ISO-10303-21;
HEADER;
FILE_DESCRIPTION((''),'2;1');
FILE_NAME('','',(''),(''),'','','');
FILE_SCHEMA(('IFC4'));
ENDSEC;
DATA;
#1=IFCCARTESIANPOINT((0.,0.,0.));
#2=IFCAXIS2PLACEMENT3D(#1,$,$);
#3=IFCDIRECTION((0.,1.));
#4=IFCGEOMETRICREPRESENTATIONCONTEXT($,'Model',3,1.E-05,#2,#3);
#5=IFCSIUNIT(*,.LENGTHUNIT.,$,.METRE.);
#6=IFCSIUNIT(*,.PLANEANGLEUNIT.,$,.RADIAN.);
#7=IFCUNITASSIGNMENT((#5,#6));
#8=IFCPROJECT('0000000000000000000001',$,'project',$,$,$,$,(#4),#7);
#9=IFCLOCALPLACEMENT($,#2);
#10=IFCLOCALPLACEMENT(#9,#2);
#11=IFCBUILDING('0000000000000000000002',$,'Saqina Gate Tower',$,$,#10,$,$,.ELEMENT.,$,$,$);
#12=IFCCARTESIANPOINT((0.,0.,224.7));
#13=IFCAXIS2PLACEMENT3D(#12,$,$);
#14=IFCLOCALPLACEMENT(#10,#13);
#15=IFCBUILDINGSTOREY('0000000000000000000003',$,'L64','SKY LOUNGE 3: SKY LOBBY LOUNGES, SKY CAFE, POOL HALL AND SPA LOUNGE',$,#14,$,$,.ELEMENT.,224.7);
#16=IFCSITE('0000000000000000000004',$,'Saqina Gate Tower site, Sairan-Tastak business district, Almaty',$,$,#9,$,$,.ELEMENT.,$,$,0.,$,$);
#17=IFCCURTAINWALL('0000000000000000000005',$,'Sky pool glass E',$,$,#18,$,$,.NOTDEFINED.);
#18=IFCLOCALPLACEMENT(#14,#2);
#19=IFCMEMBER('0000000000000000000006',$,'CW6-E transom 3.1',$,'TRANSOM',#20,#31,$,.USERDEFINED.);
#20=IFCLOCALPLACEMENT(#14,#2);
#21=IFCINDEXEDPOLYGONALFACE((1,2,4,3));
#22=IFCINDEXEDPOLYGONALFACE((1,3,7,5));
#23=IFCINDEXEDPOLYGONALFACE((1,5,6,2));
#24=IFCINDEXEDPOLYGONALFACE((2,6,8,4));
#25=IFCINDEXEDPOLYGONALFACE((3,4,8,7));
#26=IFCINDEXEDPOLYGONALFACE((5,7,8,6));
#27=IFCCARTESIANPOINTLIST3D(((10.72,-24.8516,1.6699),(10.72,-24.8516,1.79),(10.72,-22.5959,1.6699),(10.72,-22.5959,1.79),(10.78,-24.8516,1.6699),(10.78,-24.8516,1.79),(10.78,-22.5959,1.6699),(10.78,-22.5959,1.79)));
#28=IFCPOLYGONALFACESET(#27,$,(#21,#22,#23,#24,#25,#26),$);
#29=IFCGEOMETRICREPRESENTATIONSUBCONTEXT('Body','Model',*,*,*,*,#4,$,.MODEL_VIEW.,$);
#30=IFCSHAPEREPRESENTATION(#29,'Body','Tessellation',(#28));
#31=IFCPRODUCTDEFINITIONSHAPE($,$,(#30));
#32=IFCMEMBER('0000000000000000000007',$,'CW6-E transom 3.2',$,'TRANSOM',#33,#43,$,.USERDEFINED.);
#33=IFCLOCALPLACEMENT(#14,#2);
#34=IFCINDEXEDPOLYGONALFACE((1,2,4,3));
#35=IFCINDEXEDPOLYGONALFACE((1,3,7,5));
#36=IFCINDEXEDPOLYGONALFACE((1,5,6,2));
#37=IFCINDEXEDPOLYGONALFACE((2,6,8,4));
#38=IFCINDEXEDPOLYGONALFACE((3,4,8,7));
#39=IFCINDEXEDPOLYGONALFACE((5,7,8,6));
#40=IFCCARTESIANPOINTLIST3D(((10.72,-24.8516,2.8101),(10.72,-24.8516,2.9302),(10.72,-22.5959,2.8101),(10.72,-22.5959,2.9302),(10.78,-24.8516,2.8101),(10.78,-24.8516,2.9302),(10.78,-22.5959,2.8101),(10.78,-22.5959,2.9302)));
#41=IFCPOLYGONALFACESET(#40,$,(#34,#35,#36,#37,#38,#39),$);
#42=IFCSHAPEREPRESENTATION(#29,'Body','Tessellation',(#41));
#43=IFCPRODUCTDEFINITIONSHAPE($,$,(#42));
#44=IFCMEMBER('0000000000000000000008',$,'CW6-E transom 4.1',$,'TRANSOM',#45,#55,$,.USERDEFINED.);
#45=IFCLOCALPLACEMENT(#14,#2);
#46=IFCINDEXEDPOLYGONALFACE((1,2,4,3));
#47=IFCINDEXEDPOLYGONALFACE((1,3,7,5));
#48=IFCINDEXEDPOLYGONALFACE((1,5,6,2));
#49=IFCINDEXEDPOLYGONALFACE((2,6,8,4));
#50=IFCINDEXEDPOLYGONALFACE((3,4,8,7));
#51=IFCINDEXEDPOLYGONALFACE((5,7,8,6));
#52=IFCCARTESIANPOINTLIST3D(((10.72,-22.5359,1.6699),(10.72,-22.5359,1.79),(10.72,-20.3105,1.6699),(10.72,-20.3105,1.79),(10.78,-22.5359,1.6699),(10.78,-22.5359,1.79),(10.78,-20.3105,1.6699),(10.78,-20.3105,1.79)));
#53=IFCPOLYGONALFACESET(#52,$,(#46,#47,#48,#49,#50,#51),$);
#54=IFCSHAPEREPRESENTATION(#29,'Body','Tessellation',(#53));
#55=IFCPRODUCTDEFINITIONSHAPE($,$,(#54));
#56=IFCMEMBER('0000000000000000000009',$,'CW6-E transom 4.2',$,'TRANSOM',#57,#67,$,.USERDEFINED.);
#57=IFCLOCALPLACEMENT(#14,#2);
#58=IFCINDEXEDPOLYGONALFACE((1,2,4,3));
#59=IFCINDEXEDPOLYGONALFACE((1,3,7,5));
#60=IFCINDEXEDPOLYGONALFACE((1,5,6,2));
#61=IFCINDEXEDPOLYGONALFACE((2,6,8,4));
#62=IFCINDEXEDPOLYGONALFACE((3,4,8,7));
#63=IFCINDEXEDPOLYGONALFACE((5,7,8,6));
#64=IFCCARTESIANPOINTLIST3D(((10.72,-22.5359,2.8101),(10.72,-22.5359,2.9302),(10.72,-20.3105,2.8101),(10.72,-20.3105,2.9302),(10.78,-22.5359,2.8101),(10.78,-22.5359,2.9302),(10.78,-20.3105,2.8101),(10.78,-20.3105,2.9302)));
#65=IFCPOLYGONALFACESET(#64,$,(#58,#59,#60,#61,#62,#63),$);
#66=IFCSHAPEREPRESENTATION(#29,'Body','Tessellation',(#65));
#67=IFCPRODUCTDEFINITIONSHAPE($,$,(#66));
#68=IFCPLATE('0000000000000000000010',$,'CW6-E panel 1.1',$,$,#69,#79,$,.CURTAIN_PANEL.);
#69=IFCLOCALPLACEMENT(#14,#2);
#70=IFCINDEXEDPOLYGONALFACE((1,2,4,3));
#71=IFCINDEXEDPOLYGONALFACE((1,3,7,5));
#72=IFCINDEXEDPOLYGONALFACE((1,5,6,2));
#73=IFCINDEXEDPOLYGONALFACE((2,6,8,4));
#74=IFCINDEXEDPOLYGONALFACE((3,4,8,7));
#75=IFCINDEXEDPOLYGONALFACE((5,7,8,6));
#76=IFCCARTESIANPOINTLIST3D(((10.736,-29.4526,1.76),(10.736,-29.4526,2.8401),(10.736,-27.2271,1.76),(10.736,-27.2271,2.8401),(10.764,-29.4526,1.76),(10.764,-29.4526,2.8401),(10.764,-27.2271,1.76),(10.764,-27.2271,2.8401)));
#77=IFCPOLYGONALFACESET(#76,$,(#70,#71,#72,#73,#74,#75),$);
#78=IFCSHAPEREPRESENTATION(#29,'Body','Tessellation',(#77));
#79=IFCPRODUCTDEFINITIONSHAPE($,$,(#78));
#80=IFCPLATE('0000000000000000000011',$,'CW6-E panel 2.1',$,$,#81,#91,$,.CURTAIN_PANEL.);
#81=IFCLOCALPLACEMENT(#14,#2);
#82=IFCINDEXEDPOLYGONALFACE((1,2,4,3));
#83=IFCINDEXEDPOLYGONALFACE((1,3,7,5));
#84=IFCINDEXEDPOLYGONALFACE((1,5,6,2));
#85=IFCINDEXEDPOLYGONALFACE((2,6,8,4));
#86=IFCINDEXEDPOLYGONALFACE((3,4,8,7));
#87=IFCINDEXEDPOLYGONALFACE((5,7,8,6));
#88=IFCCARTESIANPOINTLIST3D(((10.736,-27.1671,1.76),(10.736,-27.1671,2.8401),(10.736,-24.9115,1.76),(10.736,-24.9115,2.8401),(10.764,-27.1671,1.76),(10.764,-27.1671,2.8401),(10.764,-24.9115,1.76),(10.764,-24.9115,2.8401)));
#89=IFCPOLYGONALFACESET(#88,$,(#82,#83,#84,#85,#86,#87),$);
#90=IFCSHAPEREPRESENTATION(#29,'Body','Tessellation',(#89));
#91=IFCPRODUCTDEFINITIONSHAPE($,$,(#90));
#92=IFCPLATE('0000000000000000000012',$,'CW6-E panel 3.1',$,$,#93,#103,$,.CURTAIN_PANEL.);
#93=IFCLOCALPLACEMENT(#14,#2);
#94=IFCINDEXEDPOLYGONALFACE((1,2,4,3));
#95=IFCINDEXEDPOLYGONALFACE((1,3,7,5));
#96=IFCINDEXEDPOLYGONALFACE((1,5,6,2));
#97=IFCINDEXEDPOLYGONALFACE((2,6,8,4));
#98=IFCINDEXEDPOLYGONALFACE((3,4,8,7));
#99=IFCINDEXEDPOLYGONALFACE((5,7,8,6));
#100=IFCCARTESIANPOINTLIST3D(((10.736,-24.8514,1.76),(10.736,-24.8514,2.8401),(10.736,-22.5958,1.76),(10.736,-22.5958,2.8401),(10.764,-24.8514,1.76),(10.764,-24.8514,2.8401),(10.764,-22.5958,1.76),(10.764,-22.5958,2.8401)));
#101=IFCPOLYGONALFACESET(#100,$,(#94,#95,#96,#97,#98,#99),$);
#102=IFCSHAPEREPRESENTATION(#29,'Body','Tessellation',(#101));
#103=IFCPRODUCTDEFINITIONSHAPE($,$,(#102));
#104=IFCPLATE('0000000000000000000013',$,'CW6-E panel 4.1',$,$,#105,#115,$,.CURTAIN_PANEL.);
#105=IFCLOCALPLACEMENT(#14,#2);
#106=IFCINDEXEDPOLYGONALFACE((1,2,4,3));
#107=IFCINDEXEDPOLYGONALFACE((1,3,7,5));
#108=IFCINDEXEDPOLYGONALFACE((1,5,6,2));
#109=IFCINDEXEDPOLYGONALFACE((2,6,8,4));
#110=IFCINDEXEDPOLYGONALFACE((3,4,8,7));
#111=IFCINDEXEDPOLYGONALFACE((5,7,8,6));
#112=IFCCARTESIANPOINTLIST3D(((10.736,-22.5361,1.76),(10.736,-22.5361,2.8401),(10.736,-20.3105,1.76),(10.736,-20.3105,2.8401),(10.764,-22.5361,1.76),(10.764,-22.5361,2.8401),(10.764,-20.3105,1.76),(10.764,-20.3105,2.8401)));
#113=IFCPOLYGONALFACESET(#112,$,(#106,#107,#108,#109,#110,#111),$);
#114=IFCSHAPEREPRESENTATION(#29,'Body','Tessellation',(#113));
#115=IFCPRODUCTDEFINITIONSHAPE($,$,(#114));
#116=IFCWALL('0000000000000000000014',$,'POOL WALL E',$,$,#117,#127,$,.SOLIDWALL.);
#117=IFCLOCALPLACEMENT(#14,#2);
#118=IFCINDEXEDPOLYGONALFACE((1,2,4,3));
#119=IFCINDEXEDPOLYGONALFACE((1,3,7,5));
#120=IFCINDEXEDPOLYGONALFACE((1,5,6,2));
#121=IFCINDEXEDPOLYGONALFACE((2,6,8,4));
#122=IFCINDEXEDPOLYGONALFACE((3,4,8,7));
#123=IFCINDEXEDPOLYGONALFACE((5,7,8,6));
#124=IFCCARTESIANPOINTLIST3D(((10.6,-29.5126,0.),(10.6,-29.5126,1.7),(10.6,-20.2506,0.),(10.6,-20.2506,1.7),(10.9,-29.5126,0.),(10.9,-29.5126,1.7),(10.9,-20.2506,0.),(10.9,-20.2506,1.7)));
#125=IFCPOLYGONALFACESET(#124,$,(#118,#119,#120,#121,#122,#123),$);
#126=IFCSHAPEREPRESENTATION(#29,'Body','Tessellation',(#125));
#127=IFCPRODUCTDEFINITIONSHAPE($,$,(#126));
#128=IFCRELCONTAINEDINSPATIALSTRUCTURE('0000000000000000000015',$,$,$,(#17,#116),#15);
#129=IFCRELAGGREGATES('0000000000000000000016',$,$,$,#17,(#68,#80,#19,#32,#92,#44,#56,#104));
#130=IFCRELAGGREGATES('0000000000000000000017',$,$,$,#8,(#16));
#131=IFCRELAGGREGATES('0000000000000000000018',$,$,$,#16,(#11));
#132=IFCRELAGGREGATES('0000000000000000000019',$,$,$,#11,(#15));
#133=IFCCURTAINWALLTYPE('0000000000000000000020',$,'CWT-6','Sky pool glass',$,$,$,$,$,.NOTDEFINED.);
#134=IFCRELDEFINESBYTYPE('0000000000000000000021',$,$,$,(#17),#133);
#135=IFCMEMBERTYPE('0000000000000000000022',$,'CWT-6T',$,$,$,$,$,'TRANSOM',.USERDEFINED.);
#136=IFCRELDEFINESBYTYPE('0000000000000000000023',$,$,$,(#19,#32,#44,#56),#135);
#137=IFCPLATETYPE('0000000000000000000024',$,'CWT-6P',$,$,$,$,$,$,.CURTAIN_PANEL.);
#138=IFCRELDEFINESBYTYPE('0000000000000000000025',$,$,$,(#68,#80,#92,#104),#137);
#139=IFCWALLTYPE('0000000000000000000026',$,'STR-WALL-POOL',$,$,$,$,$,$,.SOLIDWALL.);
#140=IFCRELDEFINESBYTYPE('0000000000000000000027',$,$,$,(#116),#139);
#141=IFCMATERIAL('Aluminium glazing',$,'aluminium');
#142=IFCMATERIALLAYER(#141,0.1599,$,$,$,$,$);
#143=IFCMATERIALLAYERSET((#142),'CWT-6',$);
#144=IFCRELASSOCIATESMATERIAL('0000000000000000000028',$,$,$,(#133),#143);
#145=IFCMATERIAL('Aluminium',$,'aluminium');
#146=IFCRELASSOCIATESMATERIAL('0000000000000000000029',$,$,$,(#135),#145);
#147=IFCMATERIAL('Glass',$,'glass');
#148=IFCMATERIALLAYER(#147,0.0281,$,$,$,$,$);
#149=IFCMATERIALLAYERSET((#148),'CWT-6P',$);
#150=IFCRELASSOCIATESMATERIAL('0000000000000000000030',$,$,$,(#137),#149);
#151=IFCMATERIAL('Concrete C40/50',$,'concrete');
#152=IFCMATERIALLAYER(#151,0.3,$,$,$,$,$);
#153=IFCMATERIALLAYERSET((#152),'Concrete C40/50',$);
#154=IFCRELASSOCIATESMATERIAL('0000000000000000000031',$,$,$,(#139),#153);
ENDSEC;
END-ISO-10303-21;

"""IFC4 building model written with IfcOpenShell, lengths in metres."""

from ifc_helpers import new_model, si_unit, direction, frame, frame_2d, origin, origin_2d, place, context, subcontext, project, spatial, rectangle, extrude, material, layer, layer_set, material_profile, profile_set, type_object, element, aggregate, save


model = new_model("IFC4")

# Units and contexts
model_context = context("Model", 3, precision=1e-05, world=origin(), true_north=direction((0.0, 1.0)))
body_context = subcontext(model_context, "Body", "Model", "MODEL_VIEW")
ifc_project = project(units=[si_unit("LENGTHUNIT", "METRE"), si_unit("PLANEANGLEUNIT", "RADIAN")], contexts=[model_context])

# Site, building, storey
site_placement = place(None, origin())
site = spatial("IfcSite", under=ifc_project, at=site_placement, Name="Saqina Gate Tower site, Sairan-Tastak business district, Almaty", CompositionType="ELEMENT", RefElevation=0.0)
building_placement = place(site_placement, origin())
building = spatial("IfcBuilding", under=site, at=building_placement, Name="Saqina Gate Tower", CompositionType="ELEMENT")
storey_placement = place(building_placement, frame((0.0, 0.0, 224.7)))
storey = spatial("IfcBuildingStorey", under=building, at=storey_placement, Name="L64", Description="SKY LOUNGE 3: SKY LOBBY LOUNGES, SKY CAFE, POOL HALL AND SPA LOUNGE", CompositionType="ELEMENT", Elevation=224.7)

# Shared definitions
ifc_material_1 = material(Name="Aluminium glazing", Category="aluminium")
ifc_layer_1 = layer(ifc_material_1, 0.1599)
ifc_layer_set_1 = layer_set([ifc_layer_1], Name="CWT-6")
curtain_wall_type_1 = type_object("IfcCurtainWallType", Name="CWT-6", Description="Sky pool glass", PredefinedType="NOTDEFINED", material=ifc_layer_set_1)

# Curtain wall, members, plates
curtain_wall_1_placement = place(storey_placement, origin())
curtain_wall_1 = element("IfcCurtainWall", 1, at=curtain_wall_1_placement, inside=storey, type_object=curtain_wall_type_1, Name="Sky pool glass E", PredefinedType="NOTDEFINED")
ifc_material_2 = material(Name="Aluminium", Category="aluminium")
ifc_material_profile_1 = material_profile(ifc_material_2, rectangle(XDim=0.0601, YDim=0.1201, at=origin_2d()), Name="Aluminium 60x120")
ifc_profile_set_1 = profile_set([ifc_material_profile_1], Name="Aluminium")
member_type_1 = type_object("IfcMemberType", Name="CWT-6T", ElementType="TRANSOM", PredefinedType="USERDEFINED", material=ifc_profile_set_1)
member_1_placement = place(storey_placement, frame((10.75, -24.8516, 1.73), z_axis=(0.0, 1.0, 0.0), x_axis=(-1.0, 0.0, 0.0)))
member_1 = element("IfcMember", 2, at=member_1_placement, type_object=member_type_1, Name="CW6-E transom 3.1", ObjectType="TRANSOM", PredefinedType="USERDEFINED", context=body_context, shape_type="SweptSolid", body=[
    extrude(rectangle(XDim=0.0601, YDim=0.1201, at=origin_2d()), origin(), (0.0, 0.0, 1.0), 2.2556),
])
member_2_placement = place(storey_placement, frame((10.75, -24.8516, 2.8701), z_axis=(0.0, 1.0, 0.0), x_axis=(-1.0, 0.0, 0.0)))
member_2 = element("IfcMember", 3, at=member_2_placement, type_object=member_type_1, Name="CW6-E transom 3.2", ObjectType="TRANSOM", PredefinedType="USERDEFINED", context=body_context, shape_type="SweptSolid", body=[
    extrude(rectangle(XDim=0.0601, YDim=0.1201, at=origin_2d()), origin(), (0.0, 0.0, 1.0), 2.2556),
])
member_3_placement = place(storey_placement, frame((10.75, -22.5359, 1.73), z_axis=(0.0, 1.0, 0.0), x_axis=(-1.0, 0.0, 0.0)))
member_3 = element("IfcMember", 4, at=member_3_placement, type_object=member_type_1, Name="CW6-E transom 4.1", ObjectType="TRANSOM", PredefinedType="USERDEFINED", context=body_context, shape_type="SweptSolid", body=[
    extrude(rectangle(XDim=0.0601, YDim=0.1201, at=origin_2d()), origin(), (0.0, 0.0, 1.0), 2.2253),
])
member_4_placement = place(storey_placement, frame((10.75, -22.5359, 2.8701), z_axis=(0.0, 1.0, 0.0), x_axis=(-1.0, 0.0, 0.0)))
member_4 = element("IfcMember", 5, at=member_4_placement, type_object=member_type_1, Name="CW6-E transom 4.2", ObjectType="TRANSOM", PredefinedType="USERDEFINED", context=body_context, shape_type="SweptSolid", body=[
    extrude(rectangle(XDim=0.0601, YDim=0.1201, at=origin_2d()), origin(), (0.0, 0.0, 1.0), 2.2253),
])
ifc_material_3 = material(Name="Glass", Category="glass")
ifc_layer_2 = layer(ifc_material_3, 0.0281)
ifc_layer_set_2 = layer_set([ifc_layer_2], Name="CWT-6P")
plate_type = type_object("IfcPlateType", Name="CWT-6P", PredefinedType="CURTAIN_PANEL", material=ifc_layer_set_2)
plate_1_placement = place(storey_placement, frame((10.75, -28.3398, 1.76), z_axis=(0.0, 0.0, 1.0), x_axis=(0.0, 1.0, 0.0)))
plate_1 = element("IfcPlate", 6, at=plate_1_placement, type_object=plate_type, Name="CW6-E panel 1.1", PredefinedType="CURTAIN_PANEL", context=body_context, shape_type="SweptSolid", body=[
    extrude(rectangle(XDim=2.2256, YDim=0.0281, at=origin_2d()), origin(), (0.0, 0.0, 1.0), 1.0801),
])
plate_2_placement = place(storey_placement, frame((10.75, -26.0393, 1.76), z_axis=(0.0, 0.0, 1.0), x_axis=(0.0, 1.0, 0.0)))
plate_2 = element("IfcPlate", 7, at=plate_2_placement, type_object=plate_type, Name="CW6-E panel 2.1", PredefinedType="CURTAIN_PANEL", context=body_context, shape_type="SweptSolid", body=[
    extrude(rectangle(XDim=2.2556, YDim=0.0281, at=origin_2d()), origin(), (0.0, 0.0, 1.0), 1.0801),
])
plate_3_placement = place(storey_placement, frame((10.75, -23.7236, 1.76), z_axis=(0.0, 0.0, 1.0), x_axis=(0.0, 1.0, 0.0)))
plate_3 = element("IfcPlate", 8, at=plate_3_placement, type_object=plate_type, Name="CW6-E panel 3.1", PredefinedType="CURTAIN_PANEL", context=body_context, shape_type="SweptSolid", body=[
    extrude(rectangle(XDim=2.2556, YDim=0.0281, at=origin_2d()), origin(), (0.0, 0.0, 1.0), 1.0801),
])
plate_4_placement = place(storey_placement, frame((10.75, -21.4233, 1.76), z_axis=(0.0, 0.0, 1.0), x_axis=(0.0, 1.0, 0.0)))
plate_4 = element("IfcPlate", 9, at=plate_4_placement, type_object=plate_type, Name="CW6-E panel 4.1", PredefinedType="CURTAIN_PANEL", context=body_context, shape_type="SweptSolid", body=[
    extrude(rectangle(XDim=2.2256, YDim=0.0281, at=origin_2d()), origin(), (0.0, 0.0, 1.0), 1.0801),
])
aggregate(curtain_wall_1, [plate_1, plate_2, member_1, member_2, plate_3, member_3, member_4, plate_4])

# Wall
ifc_material_4 = material(Name="Concrete C40/50", Category="concrete")
ifc_layer_3 = layer(ifc_material_4, 0.3)
ifc_layer_set_3 = layer_set([ifc_layer_3], Name="Concrete C40/50")
wall_type = type_object("IfcWallType", Name="STR-WALL-POOL", PredefinedType="SOLIDWALL", material=ifc_layer_set_3)
wall_placement = place(storey_placement, frame((10.75, -29.5125, 0.0), z_axis=(0.0, 0.0, 1.0), x_axis=(0.0, 1.0, 0.0)))
element("IfcWall", 10, at=wall_placement, inside=storey, type_object=wall_type, Name="POOL WALL E", PredefinedType="SOLIDWALL", context=body_context, shape_type="SweptSolid", body=[
    extrude(rectangle(XDim=9.262, YDim=0.3, at=frame_2d((4.6309, 0.0))), origin(), (0.0, 0.0, 1.0), 1.7),
])

save(model, "model.ifc")
